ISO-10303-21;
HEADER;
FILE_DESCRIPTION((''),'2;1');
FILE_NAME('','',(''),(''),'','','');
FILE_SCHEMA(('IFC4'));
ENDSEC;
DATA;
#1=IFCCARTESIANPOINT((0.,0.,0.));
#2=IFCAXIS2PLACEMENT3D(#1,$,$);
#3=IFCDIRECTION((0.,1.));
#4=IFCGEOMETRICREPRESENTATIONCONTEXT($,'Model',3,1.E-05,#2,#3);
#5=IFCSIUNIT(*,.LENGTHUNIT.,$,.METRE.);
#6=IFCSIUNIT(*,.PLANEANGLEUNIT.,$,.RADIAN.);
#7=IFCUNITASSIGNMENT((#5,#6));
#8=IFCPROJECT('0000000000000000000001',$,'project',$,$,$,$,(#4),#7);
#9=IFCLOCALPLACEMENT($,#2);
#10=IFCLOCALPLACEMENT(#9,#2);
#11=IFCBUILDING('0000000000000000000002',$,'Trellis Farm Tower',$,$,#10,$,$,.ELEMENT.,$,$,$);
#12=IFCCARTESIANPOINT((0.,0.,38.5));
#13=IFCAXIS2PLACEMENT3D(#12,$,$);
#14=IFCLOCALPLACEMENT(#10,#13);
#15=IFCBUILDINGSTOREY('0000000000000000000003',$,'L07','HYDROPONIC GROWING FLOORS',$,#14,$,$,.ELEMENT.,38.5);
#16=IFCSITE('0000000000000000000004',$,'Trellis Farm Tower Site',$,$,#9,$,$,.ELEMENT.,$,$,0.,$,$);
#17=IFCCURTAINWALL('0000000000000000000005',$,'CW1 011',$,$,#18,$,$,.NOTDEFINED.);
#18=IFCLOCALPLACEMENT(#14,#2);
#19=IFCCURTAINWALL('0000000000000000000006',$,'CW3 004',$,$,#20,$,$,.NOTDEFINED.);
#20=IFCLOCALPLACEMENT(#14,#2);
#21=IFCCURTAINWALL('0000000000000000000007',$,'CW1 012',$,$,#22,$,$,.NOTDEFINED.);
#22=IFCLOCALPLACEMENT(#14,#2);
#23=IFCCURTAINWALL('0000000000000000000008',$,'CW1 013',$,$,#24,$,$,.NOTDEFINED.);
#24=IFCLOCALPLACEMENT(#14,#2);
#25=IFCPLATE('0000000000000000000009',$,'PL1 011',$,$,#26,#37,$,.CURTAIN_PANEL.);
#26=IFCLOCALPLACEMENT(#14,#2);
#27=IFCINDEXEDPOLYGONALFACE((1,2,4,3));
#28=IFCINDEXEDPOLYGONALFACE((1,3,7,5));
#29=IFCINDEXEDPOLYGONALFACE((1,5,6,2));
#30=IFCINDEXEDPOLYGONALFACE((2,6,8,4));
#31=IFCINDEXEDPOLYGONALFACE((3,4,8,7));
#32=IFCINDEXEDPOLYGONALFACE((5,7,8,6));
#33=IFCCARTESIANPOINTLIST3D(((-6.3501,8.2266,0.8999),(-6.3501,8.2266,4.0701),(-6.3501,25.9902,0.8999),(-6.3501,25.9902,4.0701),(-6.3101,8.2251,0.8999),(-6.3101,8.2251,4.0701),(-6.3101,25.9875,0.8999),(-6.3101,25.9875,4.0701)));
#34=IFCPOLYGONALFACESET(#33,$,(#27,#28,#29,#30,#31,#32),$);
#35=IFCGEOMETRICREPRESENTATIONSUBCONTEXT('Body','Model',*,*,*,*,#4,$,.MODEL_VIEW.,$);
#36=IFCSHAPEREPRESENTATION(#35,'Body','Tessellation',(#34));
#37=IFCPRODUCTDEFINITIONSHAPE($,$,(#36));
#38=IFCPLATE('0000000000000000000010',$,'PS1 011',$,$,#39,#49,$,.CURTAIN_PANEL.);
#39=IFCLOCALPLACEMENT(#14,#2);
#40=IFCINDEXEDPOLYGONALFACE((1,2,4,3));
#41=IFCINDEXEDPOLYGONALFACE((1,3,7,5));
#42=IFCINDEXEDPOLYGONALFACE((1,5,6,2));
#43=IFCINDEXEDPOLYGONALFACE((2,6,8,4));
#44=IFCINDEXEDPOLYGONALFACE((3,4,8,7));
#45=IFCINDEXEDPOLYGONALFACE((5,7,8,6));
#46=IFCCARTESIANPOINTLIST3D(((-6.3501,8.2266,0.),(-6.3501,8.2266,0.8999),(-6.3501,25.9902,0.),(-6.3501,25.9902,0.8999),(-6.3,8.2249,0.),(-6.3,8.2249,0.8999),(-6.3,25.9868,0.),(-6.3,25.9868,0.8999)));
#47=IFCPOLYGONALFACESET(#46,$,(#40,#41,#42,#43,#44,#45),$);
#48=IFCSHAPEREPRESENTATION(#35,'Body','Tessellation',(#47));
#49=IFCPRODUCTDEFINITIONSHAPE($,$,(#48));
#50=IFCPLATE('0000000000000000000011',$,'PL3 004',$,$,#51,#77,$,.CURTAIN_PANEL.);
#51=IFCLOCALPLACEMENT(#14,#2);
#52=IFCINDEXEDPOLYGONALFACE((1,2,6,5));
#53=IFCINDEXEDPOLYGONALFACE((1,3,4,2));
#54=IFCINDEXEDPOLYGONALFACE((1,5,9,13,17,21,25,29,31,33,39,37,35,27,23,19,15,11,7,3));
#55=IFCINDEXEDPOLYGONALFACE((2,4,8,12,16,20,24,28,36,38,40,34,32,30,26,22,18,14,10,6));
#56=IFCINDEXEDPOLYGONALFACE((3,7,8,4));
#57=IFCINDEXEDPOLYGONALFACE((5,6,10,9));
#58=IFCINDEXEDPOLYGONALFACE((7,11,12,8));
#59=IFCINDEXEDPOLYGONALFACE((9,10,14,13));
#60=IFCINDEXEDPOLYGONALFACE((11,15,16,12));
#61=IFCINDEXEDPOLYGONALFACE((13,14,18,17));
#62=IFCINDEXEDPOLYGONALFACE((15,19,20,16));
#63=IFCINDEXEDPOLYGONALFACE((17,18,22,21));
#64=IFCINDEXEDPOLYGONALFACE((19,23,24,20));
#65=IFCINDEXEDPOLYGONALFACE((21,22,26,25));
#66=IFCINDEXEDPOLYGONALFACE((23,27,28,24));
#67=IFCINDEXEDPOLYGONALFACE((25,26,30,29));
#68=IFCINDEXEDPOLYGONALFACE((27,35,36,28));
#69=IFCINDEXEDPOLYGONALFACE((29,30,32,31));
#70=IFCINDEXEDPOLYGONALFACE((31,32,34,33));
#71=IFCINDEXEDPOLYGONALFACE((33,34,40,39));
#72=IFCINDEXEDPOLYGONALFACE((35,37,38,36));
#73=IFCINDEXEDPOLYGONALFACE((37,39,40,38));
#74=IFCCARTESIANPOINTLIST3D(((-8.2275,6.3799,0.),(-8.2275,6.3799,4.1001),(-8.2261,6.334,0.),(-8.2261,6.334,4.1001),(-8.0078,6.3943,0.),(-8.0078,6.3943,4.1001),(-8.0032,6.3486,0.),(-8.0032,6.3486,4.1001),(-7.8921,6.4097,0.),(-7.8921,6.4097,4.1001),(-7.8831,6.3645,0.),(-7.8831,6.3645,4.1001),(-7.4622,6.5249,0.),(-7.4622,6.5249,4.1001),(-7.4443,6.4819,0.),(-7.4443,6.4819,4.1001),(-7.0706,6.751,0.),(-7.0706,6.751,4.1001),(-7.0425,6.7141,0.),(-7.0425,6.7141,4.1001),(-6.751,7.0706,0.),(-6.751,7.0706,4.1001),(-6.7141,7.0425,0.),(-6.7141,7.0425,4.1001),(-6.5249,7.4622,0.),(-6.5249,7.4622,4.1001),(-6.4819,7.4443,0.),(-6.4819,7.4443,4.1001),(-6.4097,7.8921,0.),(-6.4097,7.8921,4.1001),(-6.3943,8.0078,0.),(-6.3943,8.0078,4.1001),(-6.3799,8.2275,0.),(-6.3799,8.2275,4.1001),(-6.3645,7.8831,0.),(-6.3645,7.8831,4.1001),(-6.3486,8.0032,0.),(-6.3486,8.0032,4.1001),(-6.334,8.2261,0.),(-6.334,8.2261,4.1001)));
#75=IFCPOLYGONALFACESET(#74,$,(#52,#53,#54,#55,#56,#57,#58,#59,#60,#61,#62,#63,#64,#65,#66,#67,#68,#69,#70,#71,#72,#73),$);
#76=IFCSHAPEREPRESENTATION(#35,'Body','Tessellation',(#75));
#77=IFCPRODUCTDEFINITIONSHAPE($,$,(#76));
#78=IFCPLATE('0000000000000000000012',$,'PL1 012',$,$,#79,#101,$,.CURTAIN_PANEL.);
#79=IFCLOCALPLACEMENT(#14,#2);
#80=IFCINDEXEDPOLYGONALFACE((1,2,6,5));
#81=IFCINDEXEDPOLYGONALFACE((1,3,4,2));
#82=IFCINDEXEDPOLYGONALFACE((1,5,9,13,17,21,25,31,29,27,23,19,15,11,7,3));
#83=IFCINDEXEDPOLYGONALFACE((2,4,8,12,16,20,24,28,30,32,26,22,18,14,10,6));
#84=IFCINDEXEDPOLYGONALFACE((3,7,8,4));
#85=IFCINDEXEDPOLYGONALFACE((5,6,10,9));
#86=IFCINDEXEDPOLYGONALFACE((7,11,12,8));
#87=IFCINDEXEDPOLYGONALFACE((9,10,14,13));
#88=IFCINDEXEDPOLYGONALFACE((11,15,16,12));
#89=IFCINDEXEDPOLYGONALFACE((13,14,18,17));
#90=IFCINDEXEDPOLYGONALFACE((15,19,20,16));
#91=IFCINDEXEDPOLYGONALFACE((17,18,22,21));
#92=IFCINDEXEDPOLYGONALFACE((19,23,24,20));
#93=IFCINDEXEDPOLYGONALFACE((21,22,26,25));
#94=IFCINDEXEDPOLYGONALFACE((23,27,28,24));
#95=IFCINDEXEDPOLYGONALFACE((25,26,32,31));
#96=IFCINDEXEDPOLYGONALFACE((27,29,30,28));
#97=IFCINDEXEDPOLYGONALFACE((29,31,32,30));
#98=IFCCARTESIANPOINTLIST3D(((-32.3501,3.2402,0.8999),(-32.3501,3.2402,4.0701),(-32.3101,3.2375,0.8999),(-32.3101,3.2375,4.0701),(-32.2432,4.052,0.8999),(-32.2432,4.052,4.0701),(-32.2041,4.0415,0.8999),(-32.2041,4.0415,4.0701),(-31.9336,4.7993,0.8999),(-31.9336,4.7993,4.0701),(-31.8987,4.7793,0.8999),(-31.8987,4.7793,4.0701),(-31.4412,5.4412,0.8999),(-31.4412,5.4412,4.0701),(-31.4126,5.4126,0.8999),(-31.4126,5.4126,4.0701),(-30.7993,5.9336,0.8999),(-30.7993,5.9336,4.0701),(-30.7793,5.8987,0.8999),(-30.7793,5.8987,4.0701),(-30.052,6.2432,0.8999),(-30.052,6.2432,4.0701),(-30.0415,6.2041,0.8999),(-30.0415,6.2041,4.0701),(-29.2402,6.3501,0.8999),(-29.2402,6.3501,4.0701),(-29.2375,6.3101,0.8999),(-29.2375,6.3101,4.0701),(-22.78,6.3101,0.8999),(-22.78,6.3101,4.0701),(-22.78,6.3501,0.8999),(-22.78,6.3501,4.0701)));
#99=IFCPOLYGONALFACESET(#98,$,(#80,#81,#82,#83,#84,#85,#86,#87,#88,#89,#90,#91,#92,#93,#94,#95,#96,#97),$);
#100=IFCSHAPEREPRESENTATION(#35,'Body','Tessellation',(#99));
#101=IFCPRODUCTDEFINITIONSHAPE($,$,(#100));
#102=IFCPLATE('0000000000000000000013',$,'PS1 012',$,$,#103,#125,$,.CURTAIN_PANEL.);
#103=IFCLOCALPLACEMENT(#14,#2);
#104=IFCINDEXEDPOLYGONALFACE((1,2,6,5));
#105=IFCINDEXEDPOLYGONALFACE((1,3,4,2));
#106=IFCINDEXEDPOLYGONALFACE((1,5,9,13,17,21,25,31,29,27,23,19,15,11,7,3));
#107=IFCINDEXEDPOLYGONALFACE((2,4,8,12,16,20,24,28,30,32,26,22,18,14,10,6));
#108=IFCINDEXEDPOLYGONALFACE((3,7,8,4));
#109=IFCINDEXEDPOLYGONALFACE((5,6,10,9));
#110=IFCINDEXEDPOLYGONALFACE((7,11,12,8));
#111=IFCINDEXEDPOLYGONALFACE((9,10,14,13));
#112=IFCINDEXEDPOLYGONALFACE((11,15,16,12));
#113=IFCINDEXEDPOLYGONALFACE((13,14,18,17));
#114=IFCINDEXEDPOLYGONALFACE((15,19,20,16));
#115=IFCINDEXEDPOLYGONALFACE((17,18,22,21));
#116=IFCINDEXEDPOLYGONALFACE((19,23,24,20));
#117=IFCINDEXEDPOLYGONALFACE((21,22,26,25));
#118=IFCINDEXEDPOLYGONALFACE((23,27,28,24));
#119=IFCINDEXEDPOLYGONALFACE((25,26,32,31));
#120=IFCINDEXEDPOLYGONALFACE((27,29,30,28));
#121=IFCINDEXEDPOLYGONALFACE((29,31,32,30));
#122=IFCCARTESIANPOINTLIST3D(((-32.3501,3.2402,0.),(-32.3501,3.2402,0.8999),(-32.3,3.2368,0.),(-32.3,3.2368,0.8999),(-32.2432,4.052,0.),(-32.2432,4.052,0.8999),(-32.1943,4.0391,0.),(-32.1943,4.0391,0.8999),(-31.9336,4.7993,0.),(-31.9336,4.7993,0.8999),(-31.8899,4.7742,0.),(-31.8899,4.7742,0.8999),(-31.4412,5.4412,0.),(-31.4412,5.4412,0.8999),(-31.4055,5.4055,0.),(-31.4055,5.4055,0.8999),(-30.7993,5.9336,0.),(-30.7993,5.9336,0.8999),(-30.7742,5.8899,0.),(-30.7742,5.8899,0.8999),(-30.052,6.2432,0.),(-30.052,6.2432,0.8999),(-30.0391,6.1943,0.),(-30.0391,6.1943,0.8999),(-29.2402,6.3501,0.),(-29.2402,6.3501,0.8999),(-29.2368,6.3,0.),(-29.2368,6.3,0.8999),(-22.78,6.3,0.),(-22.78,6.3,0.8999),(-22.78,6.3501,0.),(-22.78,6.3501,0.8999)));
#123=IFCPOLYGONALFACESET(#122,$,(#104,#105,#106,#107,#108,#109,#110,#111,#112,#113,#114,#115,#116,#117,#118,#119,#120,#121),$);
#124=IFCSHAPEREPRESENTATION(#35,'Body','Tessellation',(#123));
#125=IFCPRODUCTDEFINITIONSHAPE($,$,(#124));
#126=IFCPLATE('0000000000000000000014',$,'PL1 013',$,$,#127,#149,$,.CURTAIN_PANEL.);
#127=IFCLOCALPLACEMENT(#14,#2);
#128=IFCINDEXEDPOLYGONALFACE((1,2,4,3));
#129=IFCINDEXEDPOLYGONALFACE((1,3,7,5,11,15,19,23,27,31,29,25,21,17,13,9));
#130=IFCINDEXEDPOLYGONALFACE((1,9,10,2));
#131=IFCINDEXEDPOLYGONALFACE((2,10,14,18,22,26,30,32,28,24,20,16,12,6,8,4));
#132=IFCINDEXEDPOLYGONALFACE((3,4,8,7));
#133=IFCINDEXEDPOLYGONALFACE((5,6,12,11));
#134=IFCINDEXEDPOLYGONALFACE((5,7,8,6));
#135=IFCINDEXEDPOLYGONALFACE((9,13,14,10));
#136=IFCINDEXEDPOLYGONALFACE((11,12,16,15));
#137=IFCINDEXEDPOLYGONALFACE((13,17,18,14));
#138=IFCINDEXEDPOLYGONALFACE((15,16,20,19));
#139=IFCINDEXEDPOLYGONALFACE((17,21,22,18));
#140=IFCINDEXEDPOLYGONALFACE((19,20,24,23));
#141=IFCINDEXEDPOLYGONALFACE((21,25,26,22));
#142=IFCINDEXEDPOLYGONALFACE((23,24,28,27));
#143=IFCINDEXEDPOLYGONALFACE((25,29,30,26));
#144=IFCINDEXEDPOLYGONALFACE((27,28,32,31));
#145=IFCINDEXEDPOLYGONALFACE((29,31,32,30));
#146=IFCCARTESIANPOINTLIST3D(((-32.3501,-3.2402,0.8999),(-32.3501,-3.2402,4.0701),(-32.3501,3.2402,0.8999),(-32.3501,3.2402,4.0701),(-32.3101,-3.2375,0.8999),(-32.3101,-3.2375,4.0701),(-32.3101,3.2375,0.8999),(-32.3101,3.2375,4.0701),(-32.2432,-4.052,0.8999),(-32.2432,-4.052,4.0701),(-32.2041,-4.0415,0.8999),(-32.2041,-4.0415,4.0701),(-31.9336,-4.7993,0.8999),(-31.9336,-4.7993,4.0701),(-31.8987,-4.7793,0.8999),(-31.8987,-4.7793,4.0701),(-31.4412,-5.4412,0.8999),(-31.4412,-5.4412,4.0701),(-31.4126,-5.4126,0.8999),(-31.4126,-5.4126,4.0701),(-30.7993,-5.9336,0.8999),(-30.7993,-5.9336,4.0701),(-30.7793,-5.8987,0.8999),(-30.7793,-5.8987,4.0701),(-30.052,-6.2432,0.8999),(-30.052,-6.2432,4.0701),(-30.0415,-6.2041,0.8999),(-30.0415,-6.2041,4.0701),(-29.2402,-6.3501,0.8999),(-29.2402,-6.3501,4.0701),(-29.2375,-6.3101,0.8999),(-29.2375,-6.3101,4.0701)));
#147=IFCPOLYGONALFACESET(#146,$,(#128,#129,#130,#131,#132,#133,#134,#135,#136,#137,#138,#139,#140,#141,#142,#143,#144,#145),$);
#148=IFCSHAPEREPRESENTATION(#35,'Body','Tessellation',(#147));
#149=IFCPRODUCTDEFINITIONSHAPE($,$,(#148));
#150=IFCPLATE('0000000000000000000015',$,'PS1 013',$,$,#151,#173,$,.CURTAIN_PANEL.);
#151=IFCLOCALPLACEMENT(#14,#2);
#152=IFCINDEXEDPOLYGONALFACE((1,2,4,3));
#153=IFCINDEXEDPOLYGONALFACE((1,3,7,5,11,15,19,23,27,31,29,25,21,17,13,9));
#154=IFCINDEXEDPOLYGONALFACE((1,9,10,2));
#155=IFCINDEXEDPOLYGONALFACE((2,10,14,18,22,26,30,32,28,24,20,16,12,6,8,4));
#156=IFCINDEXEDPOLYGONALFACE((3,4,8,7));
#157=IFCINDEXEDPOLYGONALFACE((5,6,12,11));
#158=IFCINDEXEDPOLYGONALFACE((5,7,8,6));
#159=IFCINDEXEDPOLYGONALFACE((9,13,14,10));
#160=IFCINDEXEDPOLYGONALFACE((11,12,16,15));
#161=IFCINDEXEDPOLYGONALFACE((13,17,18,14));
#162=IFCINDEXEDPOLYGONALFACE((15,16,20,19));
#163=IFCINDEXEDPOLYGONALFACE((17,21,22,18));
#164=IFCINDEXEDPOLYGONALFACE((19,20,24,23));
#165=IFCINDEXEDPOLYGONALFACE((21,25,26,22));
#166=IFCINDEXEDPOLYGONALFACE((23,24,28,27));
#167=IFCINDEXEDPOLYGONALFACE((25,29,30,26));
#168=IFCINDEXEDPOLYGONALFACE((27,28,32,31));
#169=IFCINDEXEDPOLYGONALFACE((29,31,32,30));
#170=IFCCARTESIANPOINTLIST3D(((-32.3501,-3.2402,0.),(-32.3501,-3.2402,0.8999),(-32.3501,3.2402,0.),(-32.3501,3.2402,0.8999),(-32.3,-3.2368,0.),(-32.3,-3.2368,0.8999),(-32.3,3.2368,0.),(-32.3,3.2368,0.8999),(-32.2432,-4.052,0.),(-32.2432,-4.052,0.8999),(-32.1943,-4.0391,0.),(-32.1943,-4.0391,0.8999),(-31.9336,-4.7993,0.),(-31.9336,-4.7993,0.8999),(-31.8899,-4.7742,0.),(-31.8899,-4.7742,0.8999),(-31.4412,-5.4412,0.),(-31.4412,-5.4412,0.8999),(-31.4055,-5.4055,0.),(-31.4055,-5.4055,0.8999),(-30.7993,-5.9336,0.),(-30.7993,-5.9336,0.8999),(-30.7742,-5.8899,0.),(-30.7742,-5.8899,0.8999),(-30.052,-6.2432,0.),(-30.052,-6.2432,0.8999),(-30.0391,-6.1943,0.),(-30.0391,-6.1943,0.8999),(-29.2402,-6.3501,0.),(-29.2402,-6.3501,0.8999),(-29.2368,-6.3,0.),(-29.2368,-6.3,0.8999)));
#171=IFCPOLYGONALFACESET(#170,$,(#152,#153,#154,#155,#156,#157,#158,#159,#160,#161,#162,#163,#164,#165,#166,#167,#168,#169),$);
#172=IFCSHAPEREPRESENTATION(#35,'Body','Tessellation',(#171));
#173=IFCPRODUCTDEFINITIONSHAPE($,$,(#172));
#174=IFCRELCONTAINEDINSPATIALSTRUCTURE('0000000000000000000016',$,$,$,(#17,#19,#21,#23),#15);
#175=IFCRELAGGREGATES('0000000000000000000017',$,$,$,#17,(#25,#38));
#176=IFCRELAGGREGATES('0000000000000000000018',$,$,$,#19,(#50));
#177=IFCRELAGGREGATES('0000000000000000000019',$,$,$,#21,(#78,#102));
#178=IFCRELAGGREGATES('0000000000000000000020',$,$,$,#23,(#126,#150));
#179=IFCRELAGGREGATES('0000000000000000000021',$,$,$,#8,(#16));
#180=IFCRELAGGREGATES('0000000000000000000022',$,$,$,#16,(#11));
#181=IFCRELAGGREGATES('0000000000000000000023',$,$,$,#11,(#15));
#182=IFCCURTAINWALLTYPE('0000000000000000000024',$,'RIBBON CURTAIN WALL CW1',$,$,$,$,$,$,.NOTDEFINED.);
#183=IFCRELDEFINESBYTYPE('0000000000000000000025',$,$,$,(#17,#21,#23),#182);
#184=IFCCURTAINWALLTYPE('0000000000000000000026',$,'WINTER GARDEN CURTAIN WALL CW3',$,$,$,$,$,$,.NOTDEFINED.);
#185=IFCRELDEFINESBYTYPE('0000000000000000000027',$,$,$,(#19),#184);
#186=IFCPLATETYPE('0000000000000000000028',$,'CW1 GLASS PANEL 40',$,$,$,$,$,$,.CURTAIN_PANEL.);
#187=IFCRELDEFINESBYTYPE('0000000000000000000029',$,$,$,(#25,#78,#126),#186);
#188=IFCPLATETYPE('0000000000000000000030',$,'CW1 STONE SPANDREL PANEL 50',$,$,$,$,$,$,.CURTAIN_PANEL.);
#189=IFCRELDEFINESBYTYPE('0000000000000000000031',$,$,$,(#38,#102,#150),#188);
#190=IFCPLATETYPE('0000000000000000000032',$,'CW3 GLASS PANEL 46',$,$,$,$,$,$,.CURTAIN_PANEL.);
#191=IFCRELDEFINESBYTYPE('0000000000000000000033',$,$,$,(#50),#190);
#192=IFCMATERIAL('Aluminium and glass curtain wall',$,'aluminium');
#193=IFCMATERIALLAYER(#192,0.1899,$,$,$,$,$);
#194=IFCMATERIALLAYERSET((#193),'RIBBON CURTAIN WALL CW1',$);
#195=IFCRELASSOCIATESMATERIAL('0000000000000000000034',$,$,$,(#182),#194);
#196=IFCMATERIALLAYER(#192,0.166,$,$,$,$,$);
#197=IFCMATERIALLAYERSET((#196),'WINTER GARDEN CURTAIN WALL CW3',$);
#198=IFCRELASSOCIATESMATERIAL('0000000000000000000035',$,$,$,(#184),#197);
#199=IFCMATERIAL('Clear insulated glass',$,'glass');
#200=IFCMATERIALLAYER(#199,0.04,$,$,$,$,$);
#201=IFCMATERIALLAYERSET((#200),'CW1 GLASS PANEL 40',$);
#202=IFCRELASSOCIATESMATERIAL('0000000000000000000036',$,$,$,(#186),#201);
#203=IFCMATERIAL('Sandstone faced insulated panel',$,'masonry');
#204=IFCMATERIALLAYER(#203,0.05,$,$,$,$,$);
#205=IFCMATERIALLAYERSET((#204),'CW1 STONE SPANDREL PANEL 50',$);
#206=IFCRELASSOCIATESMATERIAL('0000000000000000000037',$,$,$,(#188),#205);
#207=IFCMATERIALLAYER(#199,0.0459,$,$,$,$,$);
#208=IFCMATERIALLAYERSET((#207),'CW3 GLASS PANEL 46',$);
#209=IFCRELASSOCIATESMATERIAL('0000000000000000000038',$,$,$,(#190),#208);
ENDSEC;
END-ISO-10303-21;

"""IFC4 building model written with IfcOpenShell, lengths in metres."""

from ifc_helpers import new_model, si_unit, direction, frame, origin, place, context, subcontext, project, spatial, polyline, outline, extrude, source, transform, mapped, material, layer, layer_set, type_object, element, aggregate, save


model = new_model("IFC4")

# Units and contexts
model_context = context("Model", 3, precision=1e-05, world=origin(), true_north=direction((0.0, 1.0)))
body_context = subcontext(model_context, "Body", "Model", "MODEL_VIEW")
ifc_project = project(units=[si_unit("LENGTHUNIT", "METRE"), si_unit("PLANEANGLEUNIT", "RADIAN")], contexts=[model_context])

# Site, building, storey
site_placement = place(None, origin())
site = spatial("IfcSite", under=ifc_project, at=site_placement, Name="Trellis Farm Tower Site", CompositionType="ELEMENT", RefElevation=0.0)
building_placement = place(site_placement, origin())
building = spatial("IfcBuilding", under=site, at=building_placement, Name="Trellis Farm Tower", CompositionType="ELEMENT")
storey_placement = place(building_placement, frame((0.0, 0.0, 38.5)))
storey = spatial("IfcBuildingStorey", under=building, at=storey_placement, Name="L07", Description="HYDROPONIC GROWING FLOORS", CompositionType="ELEMENT", Elevation=38.5)

# Curtain walls
ifc_material_1 = material(Name="Aluminium and glass curtain wall", Category="aluminium")
ifc_layer_1 = layer(ifc_material_1, 0.1899)
ifc_layer_set_1 = layer_set([ifc_layer_1], Name="RIBBON CURTAIN WALL CW1")
curtain_wall_type_1 = type_object("IfcCurtainWallType", Name="RIBBON CURTAIN WALL CW1", PredefinedType="NOTDEFINED", material=ifc_layer_set_1)
placement_1 = place(storey_placement, origin())
curtain_wall_1 = element("IfcCurtainWall", 1, at=placement_1, inside=storey, type_object=curtain_wall_type_1, Name="CW1 011", PredefinedType="NOTDEFINED")
ifc_layer_2 = layer(ifc_material_1, 0.166)
ifc_layer_set_2 = layer_set([ifc_layer_2], Name="WINTER GARDEN CURTAIN WALL CW3")
curtain_wall_type_2 = type_object("IfcCurtainWallType", Name="WINTER GARDEN CURTAIN WALL CW3", PredefinedType="NOTDEFINED", material=ifc_layer_set_2)
curtain_wall_2 = element("IfcCurtainWall", 2, at=placement_1, inside=storey, type_object=curtain_wall_type_2, Name="CW3 004", PredefinedType="NOTDEFINED")
curtain_wall_3 = element("IfcCurtainWall", 3, at=placement_1, inside=storey, type_object=curtain_wall_type_1, Name="CW1 012", PredefinedType="NOTDEFINED")
curtain_wall_4 = element("IfcCurtainWall", 4, at=placement_1, inside=storey, type_object=curtain_wall_type_1, Name="CW1 013", PredefinedType="NOTDEFINED")

# Plates
ifc_material_2 = material(Name="Clear insulated glass", Category="glass")
ifc_layer_3 = layer(ifc_material_2, 0.04)
ifc_layer_set_3 = layer_set([ifc_layer_3], Name="CW1 GLASS PANEL 40")
plate_type_1 = type_object("IfcPlateType", Name="CW1 GLASS PANEL 40", PredefinedType="CURTAIN_PANEL", material=ifc_layer_set_3)
placement_2 = place(storey_placement, frame((0.0, 0.0, 0.8999)))
ifc_material_3 = material(Name="Sandstone faced insulated panel", Category="masonry")
ifc_layer_4 = layer(ifc_material_3, 0.05)
ifc_layer_set_4 = layer_set([ifc_layer_4], Name="CW1 STONE SPANDREL PANEL 50")
plate_type_2 = type_object("IfcPlateType", Name="CW1 STONE SPANDREL PANEL 50", PredefinedType="CURTAIN_PANEL", material=ifc_layer_set_4)
shared_shape_1 = source(origin(), body_context, "Body", "SweptSolid", [
    extrude(outline(polyline([(-6.3501, 25.9902), (-6.3501, 8.2266), (-6.3101, 8.2251), (-6.3101, 25.9875), (-6.3501, 25.9902)])), origin(), (0.0, 0.0, 1.0), 3.1702),
])
plate_1 = element("IfcPlate", 5, at=placement_2, type_object=plate_type_1, Name="PL1 011", PredefinedType="CURTAIN_PANEL", context=body_context, shape_type="MappedRepresentation", body=[
    mapped(shared_shape_1, transform((0.0, 0.0, 0.0))),
])
shared_shape_2 = source(origin(), body_context, "Body", "SweptSolid", [
    extrude(outline(polyline([(-6.3501, 25.9902), (-6.3501, 8.2266), (-6.3, 8.2249), (-6.3, 25.9868), (-6.3501, 25.9902)])), origin(), (0.0, 0.0, 1.0), 0.8999),
])
plate_2 = element("IfcPlate", 6, at=placement_1, type_object=plate_type_2, Name="PS1 011", PredefinedType="CURTAIN_PANEL", context=body_context, shape_type="MappedRepresentation", body=[
    mapped(shared_shape_2, transform((0.0, 0.0, 0.0))),
])
aggregate(curtain_wall_1, [plate_1, plate_2])
ifc_layer_5 = layer(ifc_material_2, 0.0459)
ifc_layer_set_5 = layer_set([ifc_layer_5], Name="CW3 GLASS PANEL 46")
plate_type_3 = type_object("IfcPlateType", Name="CW3 GLASS PANEL 46", PredefinedType="CURTAIN_PANEL", material=ifc_layer_set_5)
shared_shape_3 = source(origin(), body_context, "Body", "SweptSolid", [
    extrude(outline(polyline([(-6.3799, 8.2275), (-6.3943, 8.0078), (-6.4097, 7.8921), (-6.5249, 7.4622), (-6.751, 7.0706), (-7.0706, 6.751), (-7.4622, 6.5249), (-7.8921, 6.4097), (-8.0078, 6.3943), (-8.2275, 6.3799), (-8.2261, 6.334), (-8.0032, 6.3486), (-7.8831, 6.3645), (-7.4443, 6.4819), (-7.0425, 6.7141), (-6.7141, 7.0425), (-6.4819, 7.4443), (-6.3645, 7.8831), (-6.3486, 8.0032), (-6.334, 8.2261), (-6.3799, 8.2275)])), origin(), (0.0, 0.0, 1.0), 4.1001),
])
plate_3 = element("IfcPlate", 7, at=placement_1, type_object=plate_type_3, Name="PL3 004", PredefinedType="CURTAIN_PANEL", context=body_context, shape_type="MappedRepresentation", body=[
    mapped(shared_shape_3, transform((0.0, 0.0, 0.0))),
])
aggregate(curtain_wall_2, [plate_3])
shared_shape_4 = source(origin(), body_context, "Body", "SweptSolid", [
    extrude(outline(polyline([(-22.78, 6.3501), (-29.2402, 6.3501), (-30.052, 6.2432), (-30.7993, 5.9336), (-31.4412, 5.4412), (-31.9336, 4.7993), (-32.2432, 4.052), (-32.3501, 3.2402), (-32.3101, 3.2375), (-32.2041, 4.0415), (-31.8987, 4.7793), (-31.4126, 5.4126), (-30.7793, 5.8987), (-30.0415, 6.2041), (-29.2375, 6.3101), (-22.78, 6.3101), (-22.78, 6.3501)])), origin(), (0.0, 0.0, 1.0), 3.1702),
])
plate_4 = element("IfcPlate", 8, at=placement_2, type_object=plate_type_1, Name="PL1 012", PredefinedType="CURTAIN_PANEL", context=body_context, shape_type="MappedRepresentation", body=[
    mapped(shared_shape_4, transform((0.0, 0.0, 0.0))),
])
shared_shape_5 = source(origin(), body_context, "Body", "SweptSolid", [
    extrude(outline(polyline([(-22.78, 6.3501), (-29.2402, 6.3501), (-30.052, 6.2432), (-30.7993, 5.9336), (-31.4412, 5.4412), (-31.9336, 4.7993), (-32.2432, 4.052), (-32.3501, 3.2402), (-32.3, 3.2368), (-32.1943, 4.0391), (-31.8899, 4.7742), (-31.4055, 5.4055), (-30.7742, 5.8899), (-30.0391, 6.1943), (-29.2368, 6.3), (-22.78, 6.3), (-22.78, 6.3501)])), origin(), (0.0, 0.0, 1.0), 0.8999),
])
plate_5 = element("IfcPlate", 9, at=placement_1, type_object=plate_type_2, Name="PS1 012", PredefinedType="CURTAIN_PANEL", context=body_context, shape_type="MappedRepresentation", body=[
    mapped(shared_shape_5, transform((0.0, 0.0, 0.0))),
])
aggregate(curtain_wall_3, [plate_4, plate_5])
shared_shape_6 = source(origin(), body_context, "Body", "SweptSolid", [
    extrude(outline(polyline([(-32.3501, 3.2402), (-32.3501, -3.2402), (-32.2432, -4.052), (-31.9336, -4.7993), (-31.4412, -5.4412), (-30.7993, -5.9336), (-30.052, -6.2432), (-29.2402, -6.3501), (-29.2375, -6.3101), (-30.0415, -6.2041), (-30.7793, -5.8987), (-31.4126, -5.4126), (-31.8987, -4.7793), (-32.2041, -4.0415), (-32.3101, -3.2375), (-32.3101, 3.2375), (-32.3501, 3.2402)])), origin(), (0.0, 0.0, 1.0), 3.1702),
])
plate_6 = element("IfcPlate", 10, at=placement_2, type_object=plate_type_1, Name="PL1 013", PredefinedType="CURTAIN_PANEL", context=body_context, shape_type="MappedRepresentation", body=[
    mapped(shared_shape_6, transform((0.0, 0.0, 0.0))),
])
shared_shape_7 = source(origin(), body_context, "Body", "SweptSolid", [
    extrude(outline(polyline([(-32.3501, 3.2402), (-32.3501, -3.2402), (-32.2432, -4.052), (-31.9336, -4.7993), (-31.4412, -5.4412), (-30.7993, -5.9336), (-30.052, -6.2432), (-29.2402, -6.3501), (-29.2368, -6.3), (-30.0391, -6.1943), (-30.7742, -5.8899), (-31.4055, -5.4055), (-31.8899, -4.7742), (-32.1943, -4.0391), (-32.3, -3.2368), (-32.3, 3.2368), (-32.3501, 3.2402)])), origin(), (0.0, 0.0, 1.0), 0.8999),
])
plate_7 = element("IfcPlate", 11, at=placement_1, type_object=plate_type_2, Name="PS1 013", PredefinedType="CURTAIN_PANEL", context=body_context, shape_type="MappedRepresentation", body=[
    mapped(shared_shape_7, transform((0.0, 0.0, 0.0))),
])
aggregate(curtain_wall_4, [plate_6, plate_7])

save(model, "model.ifc")
